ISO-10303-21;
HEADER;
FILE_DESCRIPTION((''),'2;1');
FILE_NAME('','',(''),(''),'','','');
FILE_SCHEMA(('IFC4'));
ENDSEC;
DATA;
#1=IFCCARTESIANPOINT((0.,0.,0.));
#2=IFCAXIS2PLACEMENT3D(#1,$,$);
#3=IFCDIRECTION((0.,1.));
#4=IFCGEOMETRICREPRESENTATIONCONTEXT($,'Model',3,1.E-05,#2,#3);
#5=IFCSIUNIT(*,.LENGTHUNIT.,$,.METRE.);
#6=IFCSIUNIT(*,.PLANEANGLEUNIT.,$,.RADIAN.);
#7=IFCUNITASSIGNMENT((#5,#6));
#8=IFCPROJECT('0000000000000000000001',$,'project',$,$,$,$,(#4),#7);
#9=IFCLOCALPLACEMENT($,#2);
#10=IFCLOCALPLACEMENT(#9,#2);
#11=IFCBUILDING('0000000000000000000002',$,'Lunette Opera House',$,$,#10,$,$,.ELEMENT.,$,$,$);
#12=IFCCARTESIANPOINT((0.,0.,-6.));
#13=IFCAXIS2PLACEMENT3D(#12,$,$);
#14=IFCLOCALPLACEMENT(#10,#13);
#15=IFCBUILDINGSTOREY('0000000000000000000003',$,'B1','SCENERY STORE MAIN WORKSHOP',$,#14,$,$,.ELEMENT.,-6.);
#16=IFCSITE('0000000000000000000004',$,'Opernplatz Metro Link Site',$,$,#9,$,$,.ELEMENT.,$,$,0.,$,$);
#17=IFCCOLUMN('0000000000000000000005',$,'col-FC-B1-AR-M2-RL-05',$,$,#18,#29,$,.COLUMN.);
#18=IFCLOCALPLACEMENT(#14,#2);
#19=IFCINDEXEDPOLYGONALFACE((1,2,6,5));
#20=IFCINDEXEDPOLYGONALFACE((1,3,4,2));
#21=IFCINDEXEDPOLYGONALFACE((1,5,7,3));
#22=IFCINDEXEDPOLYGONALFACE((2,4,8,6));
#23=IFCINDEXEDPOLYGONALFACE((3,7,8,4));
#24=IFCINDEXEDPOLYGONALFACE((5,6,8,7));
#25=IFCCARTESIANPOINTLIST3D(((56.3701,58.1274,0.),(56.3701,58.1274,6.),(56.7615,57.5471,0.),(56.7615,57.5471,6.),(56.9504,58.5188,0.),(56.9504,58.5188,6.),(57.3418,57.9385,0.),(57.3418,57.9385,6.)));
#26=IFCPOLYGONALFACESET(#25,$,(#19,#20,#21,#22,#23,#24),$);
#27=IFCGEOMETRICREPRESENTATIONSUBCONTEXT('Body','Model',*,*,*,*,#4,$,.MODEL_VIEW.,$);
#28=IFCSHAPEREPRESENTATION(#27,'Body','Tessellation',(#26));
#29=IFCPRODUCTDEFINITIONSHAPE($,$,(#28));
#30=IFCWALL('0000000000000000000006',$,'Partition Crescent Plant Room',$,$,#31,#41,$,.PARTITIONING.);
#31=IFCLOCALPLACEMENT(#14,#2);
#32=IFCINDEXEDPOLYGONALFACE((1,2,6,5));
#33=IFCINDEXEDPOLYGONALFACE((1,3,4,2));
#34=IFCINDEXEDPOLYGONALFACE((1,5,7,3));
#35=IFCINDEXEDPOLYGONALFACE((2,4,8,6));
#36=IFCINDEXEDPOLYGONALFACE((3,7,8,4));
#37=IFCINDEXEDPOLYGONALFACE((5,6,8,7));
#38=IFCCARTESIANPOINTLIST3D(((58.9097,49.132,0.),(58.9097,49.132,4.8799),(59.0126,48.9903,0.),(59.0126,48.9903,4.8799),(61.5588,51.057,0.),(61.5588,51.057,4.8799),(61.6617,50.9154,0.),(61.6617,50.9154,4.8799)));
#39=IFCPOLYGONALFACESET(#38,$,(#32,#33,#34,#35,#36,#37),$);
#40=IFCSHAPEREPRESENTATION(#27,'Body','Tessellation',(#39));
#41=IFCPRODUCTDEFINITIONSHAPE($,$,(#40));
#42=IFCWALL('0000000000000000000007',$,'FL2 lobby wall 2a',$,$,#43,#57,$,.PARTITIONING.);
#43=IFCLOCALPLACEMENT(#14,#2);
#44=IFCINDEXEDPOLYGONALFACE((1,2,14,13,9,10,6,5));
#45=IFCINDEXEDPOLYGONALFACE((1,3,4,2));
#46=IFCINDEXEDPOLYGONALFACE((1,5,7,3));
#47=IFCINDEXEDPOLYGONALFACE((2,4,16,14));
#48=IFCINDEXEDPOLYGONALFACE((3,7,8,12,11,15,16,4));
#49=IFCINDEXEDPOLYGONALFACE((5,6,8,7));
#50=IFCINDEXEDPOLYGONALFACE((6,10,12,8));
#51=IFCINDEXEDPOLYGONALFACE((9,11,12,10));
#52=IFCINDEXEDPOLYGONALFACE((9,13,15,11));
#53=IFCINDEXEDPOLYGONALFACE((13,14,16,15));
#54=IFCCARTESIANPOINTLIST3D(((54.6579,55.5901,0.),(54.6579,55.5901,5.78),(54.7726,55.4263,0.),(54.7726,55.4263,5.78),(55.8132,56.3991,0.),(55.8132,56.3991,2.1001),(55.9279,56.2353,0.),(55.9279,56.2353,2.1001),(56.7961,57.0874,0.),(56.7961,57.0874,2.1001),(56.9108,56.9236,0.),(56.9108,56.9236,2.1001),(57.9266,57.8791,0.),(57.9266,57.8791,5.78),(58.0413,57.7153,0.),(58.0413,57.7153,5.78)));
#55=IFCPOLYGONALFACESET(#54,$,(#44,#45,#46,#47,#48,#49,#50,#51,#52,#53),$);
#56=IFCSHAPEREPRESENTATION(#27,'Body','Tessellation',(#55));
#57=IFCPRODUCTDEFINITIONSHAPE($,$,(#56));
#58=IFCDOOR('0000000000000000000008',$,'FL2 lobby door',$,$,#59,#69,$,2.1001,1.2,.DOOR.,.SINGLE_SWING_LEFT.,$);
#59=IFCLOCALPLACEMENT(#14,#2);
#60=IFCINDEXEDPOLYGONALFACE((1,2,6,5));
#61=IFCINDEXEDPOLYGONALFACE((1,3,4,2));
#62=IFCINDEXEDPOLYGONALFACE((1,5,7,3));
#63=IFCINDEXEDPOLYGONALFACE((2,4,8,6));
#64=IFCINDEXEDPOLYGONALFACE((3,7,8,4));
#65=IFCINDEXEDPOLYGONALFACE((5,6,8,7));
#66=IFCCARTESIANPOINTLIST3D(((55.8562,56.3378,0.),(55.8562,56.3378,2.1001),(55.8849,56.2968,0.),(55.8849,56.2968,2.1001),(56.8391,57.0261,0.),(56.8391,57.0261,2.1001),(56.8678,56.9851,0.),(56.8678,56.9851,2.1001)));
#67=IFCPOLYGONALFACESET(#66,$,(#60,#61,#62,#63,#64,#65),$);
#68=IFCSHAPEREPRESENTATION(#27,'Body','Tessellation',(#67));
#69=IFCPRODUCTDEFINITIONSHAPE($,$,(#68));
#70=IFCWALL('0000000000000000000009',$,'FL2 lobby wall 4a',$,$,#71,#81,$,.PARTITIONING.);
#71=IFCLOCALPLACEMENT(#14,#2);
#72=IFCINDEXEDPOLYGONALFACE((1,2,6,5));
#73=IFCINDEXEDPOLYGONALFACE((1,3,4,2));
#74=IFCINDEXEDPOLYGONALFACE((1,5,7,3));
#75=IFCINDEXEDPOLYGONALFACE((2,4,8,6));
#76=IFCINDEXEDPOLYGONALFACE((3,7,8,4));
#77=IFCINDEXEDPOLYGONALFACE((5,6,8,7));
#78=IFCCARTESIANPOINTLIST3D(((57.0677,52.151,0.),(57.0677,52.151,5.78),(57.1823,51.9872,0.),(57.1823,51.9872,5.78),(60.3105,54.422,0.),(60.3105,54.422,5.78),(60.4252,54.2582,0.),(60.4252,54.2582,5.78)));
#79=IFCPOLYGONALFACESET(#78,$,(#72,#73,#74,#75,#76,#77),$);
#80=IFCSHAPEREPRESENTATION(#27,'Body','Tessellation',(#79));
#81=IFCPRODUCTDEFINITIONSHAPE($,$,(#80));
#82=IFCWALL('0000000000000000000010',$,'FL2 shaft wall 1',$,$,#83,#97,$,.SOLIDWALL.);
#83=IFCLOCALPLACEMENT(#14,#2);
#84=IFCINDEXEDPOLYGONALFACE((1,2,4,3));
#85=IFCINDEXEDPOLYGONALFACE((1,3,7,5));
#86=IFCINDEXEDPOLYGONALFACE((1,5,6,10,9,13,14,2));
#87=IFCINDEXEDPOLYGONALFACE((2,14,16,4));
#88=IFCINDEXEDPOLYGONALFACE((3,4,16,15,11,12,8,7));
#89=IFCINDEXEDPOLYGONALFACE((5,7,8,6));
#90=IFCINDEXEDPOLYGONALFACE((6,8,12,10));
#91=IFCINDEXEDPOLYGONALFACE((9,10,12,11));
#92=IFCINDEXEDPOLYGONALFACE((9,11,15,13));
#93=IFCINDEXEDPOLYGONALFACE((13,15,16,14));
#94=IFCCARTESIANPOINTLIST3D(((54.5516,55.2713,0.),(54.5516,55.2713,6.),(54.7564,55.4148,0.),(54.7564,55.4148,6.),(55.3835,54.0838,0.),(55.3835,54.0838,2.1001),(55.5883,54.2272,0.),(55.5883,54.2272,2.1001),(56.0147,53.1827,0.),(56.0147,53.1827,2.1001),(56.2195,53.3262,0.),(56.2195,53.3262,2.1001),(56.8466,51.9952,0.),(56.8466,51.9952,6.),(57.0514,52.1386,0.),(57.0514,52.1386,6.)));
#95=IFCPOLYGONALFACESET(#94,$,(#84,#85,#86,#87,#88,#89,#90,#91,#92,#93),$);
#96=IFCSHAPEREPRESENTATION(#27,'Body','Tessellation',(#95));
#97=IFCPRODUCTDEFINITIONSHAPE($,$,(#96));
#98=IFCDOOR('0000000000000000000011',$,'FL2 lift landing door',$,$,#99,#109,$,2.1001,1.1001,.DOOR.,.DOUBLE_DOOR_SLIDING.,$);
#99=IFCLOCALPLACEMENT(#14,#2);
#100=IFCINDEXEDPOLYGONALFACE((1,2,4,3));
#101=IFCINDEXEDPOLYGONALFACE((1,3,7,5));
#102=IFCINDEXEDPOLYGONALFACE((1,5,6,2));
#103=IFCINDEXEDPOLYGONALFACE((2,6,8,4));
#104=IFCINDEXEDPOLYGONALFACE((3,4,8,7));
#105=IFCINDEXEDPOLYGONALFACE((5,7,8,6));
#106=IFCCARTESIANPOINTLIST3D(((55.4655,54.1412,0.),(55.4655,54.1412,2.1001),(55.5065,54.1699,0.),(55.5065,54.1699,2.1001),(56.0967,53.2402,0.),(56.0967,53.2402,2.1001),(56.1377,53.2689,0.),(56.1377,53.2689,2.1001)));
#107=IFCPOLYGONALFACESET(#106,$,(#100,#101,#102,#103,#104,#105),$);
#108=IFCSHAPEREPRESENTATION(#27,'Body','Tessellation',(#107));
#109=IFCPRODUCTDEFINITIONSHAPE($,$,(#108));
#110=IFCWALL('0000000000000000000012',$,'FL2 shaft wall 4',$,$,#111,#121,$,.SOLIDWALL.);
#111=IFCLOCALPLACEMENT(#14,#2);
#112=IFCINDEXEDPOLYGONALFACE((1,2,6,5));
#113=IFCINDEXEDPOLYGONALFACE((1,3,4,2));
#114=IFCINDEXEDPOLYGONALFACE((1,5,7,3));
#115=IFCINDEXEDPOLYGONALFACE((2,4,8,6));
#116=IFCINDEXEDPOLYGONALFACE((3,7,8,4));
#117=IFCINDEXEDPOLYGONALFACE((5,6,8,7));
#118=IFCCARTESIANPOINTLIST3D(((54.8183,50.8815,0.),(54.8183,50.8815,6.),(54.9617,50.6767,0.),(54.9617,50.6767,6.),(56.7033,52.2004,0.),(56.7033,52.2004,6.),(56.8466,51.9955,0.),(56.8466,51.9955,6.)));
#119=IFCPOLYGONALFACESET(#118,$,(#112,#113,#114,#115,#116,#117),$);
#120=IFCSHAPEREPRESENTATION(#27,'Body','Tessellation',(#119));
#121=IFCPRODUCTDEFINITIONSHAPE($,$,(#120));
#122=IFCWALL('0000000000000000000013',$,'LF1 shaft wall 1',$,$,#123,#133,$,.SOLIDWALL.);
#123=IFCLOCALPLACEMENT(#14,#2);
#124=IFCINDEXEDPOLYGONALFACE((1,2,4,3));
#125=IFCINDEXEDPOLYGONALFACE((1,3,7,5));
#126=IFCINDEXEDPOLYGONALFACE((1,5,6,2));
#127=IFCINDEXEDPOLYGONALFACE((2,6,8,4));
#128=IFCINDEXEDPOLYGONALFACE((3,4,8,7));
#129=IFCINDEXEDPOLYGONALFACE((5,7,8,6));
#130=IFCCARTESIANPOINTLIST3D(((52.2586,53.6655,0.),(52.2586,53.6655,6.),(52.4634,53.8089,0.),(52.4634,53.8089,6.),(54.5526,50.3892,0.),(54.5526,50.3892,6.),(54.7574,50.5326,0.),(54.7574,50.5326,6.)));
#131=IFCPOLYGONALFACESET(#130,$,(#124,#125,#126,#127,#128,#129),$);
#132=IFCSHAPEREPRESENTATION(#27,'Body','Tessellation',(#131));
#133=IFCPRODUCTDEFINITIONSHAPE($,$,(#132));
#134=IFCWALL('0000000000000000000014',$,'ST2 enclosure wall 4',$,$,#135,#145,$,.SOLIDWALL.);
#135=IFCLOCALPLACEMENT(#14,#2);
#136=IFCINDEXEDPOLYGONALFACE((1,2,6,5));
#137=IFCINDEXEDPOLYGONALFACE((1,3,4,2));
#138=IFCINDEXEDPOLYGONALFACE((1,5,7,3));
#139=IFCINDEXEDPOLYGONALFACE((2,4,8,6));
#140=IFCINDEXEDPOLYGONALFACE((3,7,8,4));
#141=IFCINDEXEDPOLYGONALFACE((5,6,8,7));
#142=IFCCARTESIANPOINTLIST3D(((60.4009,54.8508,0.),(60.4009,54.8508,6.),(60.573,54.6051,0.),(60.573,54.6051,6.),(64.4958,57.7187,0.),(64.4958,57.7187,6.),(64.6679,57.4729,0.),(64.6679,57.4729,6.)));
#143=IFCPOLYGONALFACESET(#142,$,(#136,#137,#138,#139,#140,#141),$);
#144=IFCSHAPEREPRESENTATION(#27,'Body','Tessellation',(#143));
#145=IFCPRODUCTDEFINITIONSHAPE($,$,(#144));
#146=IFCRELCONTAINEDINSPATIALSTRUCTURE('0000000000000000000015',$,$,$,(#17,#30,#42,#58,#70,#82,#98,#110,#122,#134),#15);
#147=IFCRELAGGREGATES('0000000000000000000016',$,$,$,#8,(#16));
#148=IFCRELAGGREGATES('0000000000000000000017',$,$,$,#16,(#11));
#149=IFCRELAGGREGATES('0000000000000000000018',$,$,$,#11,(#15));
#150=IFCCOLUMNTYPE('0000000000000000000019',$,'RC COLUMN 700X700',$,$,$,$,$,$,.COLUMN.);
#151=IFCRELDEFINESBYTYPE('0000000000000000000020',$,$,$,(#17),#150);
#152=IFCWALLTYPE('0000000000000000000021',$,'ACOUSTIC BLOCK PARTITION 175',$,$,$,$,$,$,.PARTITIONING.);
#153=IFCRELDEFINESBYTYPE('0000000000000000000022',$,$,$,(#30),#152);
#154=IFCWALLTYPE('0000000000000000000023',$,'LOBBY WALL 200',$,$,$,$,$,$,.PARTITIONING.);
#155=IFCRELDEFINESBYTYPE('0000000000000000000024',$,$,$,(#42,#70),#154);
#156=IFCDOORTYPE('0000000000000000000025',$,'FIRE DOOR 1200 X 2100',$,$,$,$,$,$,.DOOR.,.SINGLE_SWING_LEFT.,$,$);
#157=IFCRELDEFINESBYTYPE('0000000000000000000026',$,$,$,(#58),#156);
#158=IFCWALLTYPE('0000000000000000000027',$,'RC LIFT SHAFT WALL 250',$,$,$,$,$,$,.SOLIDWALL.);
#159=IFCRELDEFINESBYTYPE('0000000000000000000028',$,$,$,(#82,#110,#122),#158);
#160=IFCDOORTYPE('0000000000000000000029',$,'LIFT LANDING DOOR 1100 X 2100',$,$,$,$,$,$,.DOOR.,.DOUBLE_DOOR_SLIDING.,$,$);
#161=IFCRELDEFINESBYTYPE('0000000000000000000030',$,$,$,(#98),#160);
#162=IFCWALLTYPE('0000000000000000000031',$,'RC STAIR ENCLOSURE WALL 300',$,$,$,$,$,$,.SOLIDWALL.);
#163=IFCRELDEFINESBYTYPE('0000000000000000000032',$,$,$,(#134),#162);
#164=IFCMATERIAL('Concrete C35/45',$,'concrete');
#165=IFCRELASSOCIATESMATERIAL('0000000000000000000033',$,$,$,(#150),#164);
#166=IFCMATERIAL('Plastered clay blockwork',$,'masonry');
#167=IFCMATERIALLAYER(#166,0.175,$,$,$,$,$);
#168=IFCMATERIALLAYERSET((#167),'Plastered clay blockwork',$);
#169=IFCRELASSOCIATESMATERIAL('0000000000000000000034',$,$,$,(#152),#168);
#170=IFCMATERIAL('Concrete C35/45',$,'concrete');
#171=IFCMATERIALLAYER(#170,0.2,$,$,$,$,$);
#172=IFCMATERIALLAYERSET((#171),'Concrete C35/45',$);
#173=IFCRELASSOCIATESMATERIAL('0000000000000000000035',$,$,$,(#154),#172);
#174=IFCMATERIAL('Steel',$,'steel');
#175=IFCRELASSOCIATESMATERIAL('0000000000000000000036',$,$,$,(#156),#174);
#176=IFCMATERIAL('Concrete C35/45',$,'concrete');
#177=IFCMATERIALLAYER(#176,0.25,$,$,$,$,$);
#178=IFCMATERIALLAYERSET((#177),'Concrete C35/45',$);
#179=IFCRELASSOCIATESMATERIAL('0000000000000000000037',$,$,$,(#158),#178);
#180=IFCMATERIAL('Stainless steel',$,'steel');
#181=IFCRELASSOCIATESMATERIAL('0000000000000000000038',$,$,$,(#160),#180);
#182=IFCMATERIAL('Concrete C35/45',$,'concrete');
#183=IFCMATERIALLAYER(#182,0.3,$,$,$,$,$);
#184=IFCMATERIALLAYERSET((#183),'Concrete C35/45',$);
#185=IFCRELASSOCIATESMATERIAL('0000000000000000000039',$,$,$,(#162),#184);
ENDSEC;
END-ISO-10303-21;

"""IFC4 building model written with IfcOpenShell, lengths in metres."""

from ifc_helpers import new_model, si_unit, direction, frame, frame_2d, origin, origin_2d, place, context, subcontext, project, spatial, rectangle, extrude, material, layer, layer_set, material_profile, profile_set, type_object, element, fill, save


model = new_model("IFC4")

# Units and contexts
model_context = context("Model", 3, precision=1e-05, world=origin(), true_north=direction((0.0, 1.0)))
body_context = subcontext(model_context, "Body", "Model", "MODEL_VIEW")
ifc_project = project(units=[si_unit("LENGTHUNIT", "METRE"), si_unit("PLANEANGLEUNIT", "RADIAN")], contexts=[model_context])

# Site, building, storey
site_placement = place(None, origin())
site = spatial("IfcSite", under=ifc_project, at=site_placement, Name="Opernplatz Metro Link Site", CompositionType="ELEMENT", RefElevation=0.0)
building_placement = place(site_placement, origin())
building = spatial("IfcBuilding", under=site, at=building_placement, Name="Lunette Opera House", CompositionType="ELEMENT")
storey_placement = place(building_placement, frame((0.0, 0.0, -6.0)))
storey = spatial("IfcBuildingStorey", under=building, at=storey_placement, Name="B1", Description="SCENERY STORE MAIN WORKSHOP", CompositionType="ELEMENT", Elevation=-6.0)

# Column
ifc_material_1 = material(Name="Concrete C35/45", Category="concrete")
ifc_material_profile_1 = material_profile(ifc_material_1, rectangle(XDim=0.7, YDim=0.7, at=origin_2d()), Name="RC COLUMN 700X700")
ifc_profile_set_1 = profile_set([ifc_material_profile_1], Name="Concrete C35/45")
column_type = type_object("IfcColumnType", Name="RC COLUMN 700X700", PredefinedType="COLUMN", material=ifc_profile_set_1)
for number, where, z_axis, x_axis, name in (
    (1, (56.856, 58.033, 0.0), (0.0, 0.0, 1.0), (0.829038, 0.559193, 0.0), "col-FC-B1-AR-M2-RL-05"),
):
    element("IfcColumn", number, at=place(storey_placement, frame(where, z_axis=z_axis, x_axis=x_axis)), inside=storey, type_object=column_type, Name=name, PredefinedType="COLUMN", context=body_context, shape_type="SweptSolid", body=[
        extrude(rectangle(XDim=0.7, YDim=0.7, at=origin_2d()), origin(), (0.0, 0.0, 1.0), 6.0),
    ])

# Wall
ifc_material_2 = material(Name="Plastered clay blockwork", Category="masonry")
ifc_layer_1 = layer(ifc_material_2, 0.175)
ifc_layer_set_1 = layer_set([ifc_layer_1], Name="Plastered clay blockwork")
wall_type_1 = type_object("IfcWallType", Name="ACOUSTIC BLOCK PARTITION 175", PredefinedType="PARTITIONING", material=ifc_layer_set_1)
wall_1_placement = place(storey_placement, frame((61.6101, 50.9861, 0.0), z_axis=(0.0, 0.0, 1.0), x_axis=(-0.808971, -0.587848, 0.0)))
element("IfcWall", 2, at=wall_1_placement, inside=storey, type_object=wall_type_1, Name="Partition Crescent Plant Room", PredefinedType="PARTITIONING", context=body_context, shape_type="SweptSolid", body=[
    extrude(rectangle(XDim=3.2747, YDim=0.175, at=frame_2d((1.6372, 0.0))), origin(), (0.0, 0.0, 1.0), 4.8799),
])

# Wall, opening, door
ifc_material_3 = material(Name="Concrete C35/45", Category="concrete")
ifc_layer_2 = layer(ifc_material_3, 0.2)
ifc_layer_set_2 = layer_set([ifc_layer_2], Name="Concrete C35/45")
wall_type_2 = type_object("IfcWallType", Name="LOBBY WALL 200", PredefinedType="PARTITIONING", material=ifc_layer_set_2)
wall_2_placement = place(storey_placement, frame((57.9839, 57.7971, 0.0), z_axis=(0.0, 0.0, 1.0), x_axis=(-0.819126, -0.573614, 0.0)))
wall_2 = element("IfcWall", 3, at=wall_2_placement, inside=storey, type_object=wall_type_2, Name="FL2 lobby wall 2a", PredefinedType="PARTITIONING", context=body_context, shape_type="SweptSolid", body=[
    extrude(rectangle(XDim=3.9905, YDim=0.2, at=frame_2d((1.9951, 0.0))), origin(), (0.0, 0.0, 1.0), 5.78),
])
opening_1_placement = place(wall_2_placement, frame((1.3799, 0.0, 0.0)))
opening_1 = element("IfcOpeningElement", 4, at=opening_1_placement, cuts=wall_2, PredefinedType="OPENING", context=body_context, shape_type="SweptSolid", body=[
    extrude(rectangle(XDim=1.2, YDim=2.1001, at=frame_2d((0.6001, 1.05))), frame((0.0, 0.1121, 0.0), z_axis=(0.0, -1.0, 0.0), x_axis=(1.0, 0.0, 0.0)), (0.0, 0.0, 1.0), 0.2239),
])
ifc_material_4 = material(Name="Steel", Category="steel")
door_type_1 = type_object("IfcDoorType", Name="FIRE DOOR 1200 X 2100", OperationType="SINGLE_SWING_LEFT", PredefinedType="DOOR", material=ifc_material_4)
door_1_placement = place(opening_1_placement, origin())
door_1 = element("IfcDoor", 5, at=door_1_placement, inside=storey, type_object=door_type_1, Name="FL2 lobby door", OperationType="SINGLE_SWING_LEFT", OverallHeight=2.1001, OverallWidth=1.2, PredefinedType="DOOR", context=body_context, shape_type="SweptSolid", body=[
    extrude(rectangle(XDim=1.2, YDim=2.1001, at=frame_2d((0.6001, 1.05))), frame((0.0, 0.0249, 0.0), z_axis=(0.0, -1.0, 0.0), x_axis=(1.0, 0.0, 0.0)), (0.0, 0.0, 1.0), 0.05),
])
fill(opening_1, door_1)

# Wall
wall_3_placement = place(storey_placement, frame((57.125, 52.0691, 0.0), z_axis=(0.0, 0.0, 1.0), x_axis=(0.819119, 0.573624, 0.0)))
element("IfcWall", 6, at=wall_3_placement, inside=storey, type_object=wall_type_2, Name="FL2 lobby wall 4a", PredefinedType="PARTITIONING", context=body_context, shape_type="SweptSolid", body=[
    extrude(rectangle(XDim=3.959, YDim=0.2, at=frame_2d((1.9795, 0.0))), origin(), (0.0, 0.0, 1.0), 5.78),
])

# Wall, opening, door
ifc_material_5 = material(Name="Concrete C35/45", Category="concrete")
ifc_layer_3 = layer(ifc_material_5, 0.25)
ifc_layer_set_3 = layer_set([ifc_layer_3], Name="Concrete C35/45")
wall_type_3 = type_object("IfcWallType", Name="RC LIFT SHAFT WALL 250", PredefinedType="SOLIDWALL", material=ifc_layer_set_3)
wall_4_placement = place(storey_placement, frame((56.949, 52.0669, 0.0), z_axis=(0.0, 0.0, 1.0), x_axis=(-0.573737, 0.81904, 0.0)))
wall_4 = element("IfcWall", 7, at=wall_4_placement, inside=storey, type_object=wall_type_3, Name="FL2 shaft wall 1", PredefinedType="SOLIDWALL", context=body_context, shape_type="SweptSolid", body=[
    extrude(rectangle(XDim=4.0, YDim=0.25, at=frame_2d((2.0, 0.0))), origin(), (0.0, 0.0, 1.0), 6.0),
])
opening_2_placement = place(wall_4_placement, frame((1.45, 0.0, 0.0)))
opening_2 = element("IfcOpeningElement", 8, at=opening_2_placement, cuts=wall_4, PredefinedType="OPENING", context=body_context, shape_type="SweptSolid", body=[
    extrude(rectangle(XDim=1.1001, YDim=2.1001, at=frame_2d((0.55, 1.05))), frame((0.0, 0.137, 0.0), z_axis=(0.0, -1.0, 0.0), x_axis=(1.0, 0.0, 0.0)), (0.0, 0.0, 1.0), 0.2739),
])
ifc_material_6 = material(Name="Stainless steel", Category="steel")
door_type_2 = type_object("IfcDoorType", Name="LIFT LANDING DOOR 1100 X 2100", OperationType="DOUBLE_DOOR_SLIDING", PredefinedType="DOOR", material=ifc_material_6)
door_2_placement = place(opening_2_placement, origin())
door_2 = element("IfcDoor", 9, at=door_2_placement, inside=storey, type_object=door_type_2, Name="FL2 lift landing door", OperationType="DOUBLE_DOOR_SLIDING", OverallHeight=2.1001, OverallWidth=1.1001, PredefinedType="DOOR", context=body_context, shape_type="SweptSolid", body=[
    extrude(rectangle(XDim=1.1001, YDim=2.1001, at=frame_2d((0.55, 1.05))), frame((0.0, 0.0249, 0.0), z_axis=(0.0, -1.0, 0.0), x_axis=(1.0, 0.0, 0.0)), (0.0, 0.0, 1.0), 0.05),
])
fill(opening_2, door_2)

# Walls
wall_5_placement = place(storey_placement, frame((54.8899, 50.7791, 0.0), z_axis=(0.0, 0.0, 1.0), x_axis=(0.819367, 0.57327, 0.0)))
element("IfcWall", 10, at=wall_5_placement, inside=storey, type_object=wall_type_3, Name="FL2 shaft wall 4", PredefinedType="SOLIDWALL", context=body_context, shape_type="SweptSolid", body=[
    extrude(rectangle(XDim=2.3005, YDim=0.25, at=frame_2d((1.1504, 0.0))), origin(), (0.0, 0.0, 1.0), 6.0),
])
wall_6_placement = place(storey_placement, frame((54.655, 50.4609, 0.0), z_axis=(0.0, 0.0, 1.0), x_axis=(-0.573573, 0.819154, 0.0)))
element("IfcWall", 11, at=wall_6_placement, inside=storey, type_object=wall_type_3, Name="LF1 shaft wall 1", PredefinedType="SOLIDWALL", context=body_context, shape_type="SweptSolid", body=[
    extrude(rectangle(XDim=3.9995, YDim=0.25, at=frame_2d((1.9998, 0.0))), origin(), (0.0, 0.0, 1.0), 6.0),
])
ifc_material_7 = material(Name="Concrete C35/45", Category="concrete")
ifc_layer_4 = layer(ifc_material_7, 0.3)
ifc_layer_set_4 = layer_set([ifc_layer_4], Name="Concrete C35/45")
wall_type_4 = type_object("IfcWallType", Name="RC STAIR ENCLOSURE WALL 300", PredefinedType="SOLIDWALL", material=ifc_layer_set_4)
wall_7_placement = place(storey_placement, frame((60.4871, 54.728, 0.0), z_axis=(0.0, 0.0, 1.0), x_axis=(0.819097, 0.573656, 0.0)))
element("IfcWall", 12, at=wall_7_placement, inside=storey, type_object=wall_type_4, Name="ST2 enclosure wall 4", PredefinedType="SOLIDWALL", context=body_context, shape_type="SweptSolid", body=[
    extrude(rectangle(XDim=4.9993, YDim=0.3, at=frame_2d((2.4995, 0.0))), origin(), (0.0, 0.0, 1.0), 6.0),
])

save(model, "model.ifc")
